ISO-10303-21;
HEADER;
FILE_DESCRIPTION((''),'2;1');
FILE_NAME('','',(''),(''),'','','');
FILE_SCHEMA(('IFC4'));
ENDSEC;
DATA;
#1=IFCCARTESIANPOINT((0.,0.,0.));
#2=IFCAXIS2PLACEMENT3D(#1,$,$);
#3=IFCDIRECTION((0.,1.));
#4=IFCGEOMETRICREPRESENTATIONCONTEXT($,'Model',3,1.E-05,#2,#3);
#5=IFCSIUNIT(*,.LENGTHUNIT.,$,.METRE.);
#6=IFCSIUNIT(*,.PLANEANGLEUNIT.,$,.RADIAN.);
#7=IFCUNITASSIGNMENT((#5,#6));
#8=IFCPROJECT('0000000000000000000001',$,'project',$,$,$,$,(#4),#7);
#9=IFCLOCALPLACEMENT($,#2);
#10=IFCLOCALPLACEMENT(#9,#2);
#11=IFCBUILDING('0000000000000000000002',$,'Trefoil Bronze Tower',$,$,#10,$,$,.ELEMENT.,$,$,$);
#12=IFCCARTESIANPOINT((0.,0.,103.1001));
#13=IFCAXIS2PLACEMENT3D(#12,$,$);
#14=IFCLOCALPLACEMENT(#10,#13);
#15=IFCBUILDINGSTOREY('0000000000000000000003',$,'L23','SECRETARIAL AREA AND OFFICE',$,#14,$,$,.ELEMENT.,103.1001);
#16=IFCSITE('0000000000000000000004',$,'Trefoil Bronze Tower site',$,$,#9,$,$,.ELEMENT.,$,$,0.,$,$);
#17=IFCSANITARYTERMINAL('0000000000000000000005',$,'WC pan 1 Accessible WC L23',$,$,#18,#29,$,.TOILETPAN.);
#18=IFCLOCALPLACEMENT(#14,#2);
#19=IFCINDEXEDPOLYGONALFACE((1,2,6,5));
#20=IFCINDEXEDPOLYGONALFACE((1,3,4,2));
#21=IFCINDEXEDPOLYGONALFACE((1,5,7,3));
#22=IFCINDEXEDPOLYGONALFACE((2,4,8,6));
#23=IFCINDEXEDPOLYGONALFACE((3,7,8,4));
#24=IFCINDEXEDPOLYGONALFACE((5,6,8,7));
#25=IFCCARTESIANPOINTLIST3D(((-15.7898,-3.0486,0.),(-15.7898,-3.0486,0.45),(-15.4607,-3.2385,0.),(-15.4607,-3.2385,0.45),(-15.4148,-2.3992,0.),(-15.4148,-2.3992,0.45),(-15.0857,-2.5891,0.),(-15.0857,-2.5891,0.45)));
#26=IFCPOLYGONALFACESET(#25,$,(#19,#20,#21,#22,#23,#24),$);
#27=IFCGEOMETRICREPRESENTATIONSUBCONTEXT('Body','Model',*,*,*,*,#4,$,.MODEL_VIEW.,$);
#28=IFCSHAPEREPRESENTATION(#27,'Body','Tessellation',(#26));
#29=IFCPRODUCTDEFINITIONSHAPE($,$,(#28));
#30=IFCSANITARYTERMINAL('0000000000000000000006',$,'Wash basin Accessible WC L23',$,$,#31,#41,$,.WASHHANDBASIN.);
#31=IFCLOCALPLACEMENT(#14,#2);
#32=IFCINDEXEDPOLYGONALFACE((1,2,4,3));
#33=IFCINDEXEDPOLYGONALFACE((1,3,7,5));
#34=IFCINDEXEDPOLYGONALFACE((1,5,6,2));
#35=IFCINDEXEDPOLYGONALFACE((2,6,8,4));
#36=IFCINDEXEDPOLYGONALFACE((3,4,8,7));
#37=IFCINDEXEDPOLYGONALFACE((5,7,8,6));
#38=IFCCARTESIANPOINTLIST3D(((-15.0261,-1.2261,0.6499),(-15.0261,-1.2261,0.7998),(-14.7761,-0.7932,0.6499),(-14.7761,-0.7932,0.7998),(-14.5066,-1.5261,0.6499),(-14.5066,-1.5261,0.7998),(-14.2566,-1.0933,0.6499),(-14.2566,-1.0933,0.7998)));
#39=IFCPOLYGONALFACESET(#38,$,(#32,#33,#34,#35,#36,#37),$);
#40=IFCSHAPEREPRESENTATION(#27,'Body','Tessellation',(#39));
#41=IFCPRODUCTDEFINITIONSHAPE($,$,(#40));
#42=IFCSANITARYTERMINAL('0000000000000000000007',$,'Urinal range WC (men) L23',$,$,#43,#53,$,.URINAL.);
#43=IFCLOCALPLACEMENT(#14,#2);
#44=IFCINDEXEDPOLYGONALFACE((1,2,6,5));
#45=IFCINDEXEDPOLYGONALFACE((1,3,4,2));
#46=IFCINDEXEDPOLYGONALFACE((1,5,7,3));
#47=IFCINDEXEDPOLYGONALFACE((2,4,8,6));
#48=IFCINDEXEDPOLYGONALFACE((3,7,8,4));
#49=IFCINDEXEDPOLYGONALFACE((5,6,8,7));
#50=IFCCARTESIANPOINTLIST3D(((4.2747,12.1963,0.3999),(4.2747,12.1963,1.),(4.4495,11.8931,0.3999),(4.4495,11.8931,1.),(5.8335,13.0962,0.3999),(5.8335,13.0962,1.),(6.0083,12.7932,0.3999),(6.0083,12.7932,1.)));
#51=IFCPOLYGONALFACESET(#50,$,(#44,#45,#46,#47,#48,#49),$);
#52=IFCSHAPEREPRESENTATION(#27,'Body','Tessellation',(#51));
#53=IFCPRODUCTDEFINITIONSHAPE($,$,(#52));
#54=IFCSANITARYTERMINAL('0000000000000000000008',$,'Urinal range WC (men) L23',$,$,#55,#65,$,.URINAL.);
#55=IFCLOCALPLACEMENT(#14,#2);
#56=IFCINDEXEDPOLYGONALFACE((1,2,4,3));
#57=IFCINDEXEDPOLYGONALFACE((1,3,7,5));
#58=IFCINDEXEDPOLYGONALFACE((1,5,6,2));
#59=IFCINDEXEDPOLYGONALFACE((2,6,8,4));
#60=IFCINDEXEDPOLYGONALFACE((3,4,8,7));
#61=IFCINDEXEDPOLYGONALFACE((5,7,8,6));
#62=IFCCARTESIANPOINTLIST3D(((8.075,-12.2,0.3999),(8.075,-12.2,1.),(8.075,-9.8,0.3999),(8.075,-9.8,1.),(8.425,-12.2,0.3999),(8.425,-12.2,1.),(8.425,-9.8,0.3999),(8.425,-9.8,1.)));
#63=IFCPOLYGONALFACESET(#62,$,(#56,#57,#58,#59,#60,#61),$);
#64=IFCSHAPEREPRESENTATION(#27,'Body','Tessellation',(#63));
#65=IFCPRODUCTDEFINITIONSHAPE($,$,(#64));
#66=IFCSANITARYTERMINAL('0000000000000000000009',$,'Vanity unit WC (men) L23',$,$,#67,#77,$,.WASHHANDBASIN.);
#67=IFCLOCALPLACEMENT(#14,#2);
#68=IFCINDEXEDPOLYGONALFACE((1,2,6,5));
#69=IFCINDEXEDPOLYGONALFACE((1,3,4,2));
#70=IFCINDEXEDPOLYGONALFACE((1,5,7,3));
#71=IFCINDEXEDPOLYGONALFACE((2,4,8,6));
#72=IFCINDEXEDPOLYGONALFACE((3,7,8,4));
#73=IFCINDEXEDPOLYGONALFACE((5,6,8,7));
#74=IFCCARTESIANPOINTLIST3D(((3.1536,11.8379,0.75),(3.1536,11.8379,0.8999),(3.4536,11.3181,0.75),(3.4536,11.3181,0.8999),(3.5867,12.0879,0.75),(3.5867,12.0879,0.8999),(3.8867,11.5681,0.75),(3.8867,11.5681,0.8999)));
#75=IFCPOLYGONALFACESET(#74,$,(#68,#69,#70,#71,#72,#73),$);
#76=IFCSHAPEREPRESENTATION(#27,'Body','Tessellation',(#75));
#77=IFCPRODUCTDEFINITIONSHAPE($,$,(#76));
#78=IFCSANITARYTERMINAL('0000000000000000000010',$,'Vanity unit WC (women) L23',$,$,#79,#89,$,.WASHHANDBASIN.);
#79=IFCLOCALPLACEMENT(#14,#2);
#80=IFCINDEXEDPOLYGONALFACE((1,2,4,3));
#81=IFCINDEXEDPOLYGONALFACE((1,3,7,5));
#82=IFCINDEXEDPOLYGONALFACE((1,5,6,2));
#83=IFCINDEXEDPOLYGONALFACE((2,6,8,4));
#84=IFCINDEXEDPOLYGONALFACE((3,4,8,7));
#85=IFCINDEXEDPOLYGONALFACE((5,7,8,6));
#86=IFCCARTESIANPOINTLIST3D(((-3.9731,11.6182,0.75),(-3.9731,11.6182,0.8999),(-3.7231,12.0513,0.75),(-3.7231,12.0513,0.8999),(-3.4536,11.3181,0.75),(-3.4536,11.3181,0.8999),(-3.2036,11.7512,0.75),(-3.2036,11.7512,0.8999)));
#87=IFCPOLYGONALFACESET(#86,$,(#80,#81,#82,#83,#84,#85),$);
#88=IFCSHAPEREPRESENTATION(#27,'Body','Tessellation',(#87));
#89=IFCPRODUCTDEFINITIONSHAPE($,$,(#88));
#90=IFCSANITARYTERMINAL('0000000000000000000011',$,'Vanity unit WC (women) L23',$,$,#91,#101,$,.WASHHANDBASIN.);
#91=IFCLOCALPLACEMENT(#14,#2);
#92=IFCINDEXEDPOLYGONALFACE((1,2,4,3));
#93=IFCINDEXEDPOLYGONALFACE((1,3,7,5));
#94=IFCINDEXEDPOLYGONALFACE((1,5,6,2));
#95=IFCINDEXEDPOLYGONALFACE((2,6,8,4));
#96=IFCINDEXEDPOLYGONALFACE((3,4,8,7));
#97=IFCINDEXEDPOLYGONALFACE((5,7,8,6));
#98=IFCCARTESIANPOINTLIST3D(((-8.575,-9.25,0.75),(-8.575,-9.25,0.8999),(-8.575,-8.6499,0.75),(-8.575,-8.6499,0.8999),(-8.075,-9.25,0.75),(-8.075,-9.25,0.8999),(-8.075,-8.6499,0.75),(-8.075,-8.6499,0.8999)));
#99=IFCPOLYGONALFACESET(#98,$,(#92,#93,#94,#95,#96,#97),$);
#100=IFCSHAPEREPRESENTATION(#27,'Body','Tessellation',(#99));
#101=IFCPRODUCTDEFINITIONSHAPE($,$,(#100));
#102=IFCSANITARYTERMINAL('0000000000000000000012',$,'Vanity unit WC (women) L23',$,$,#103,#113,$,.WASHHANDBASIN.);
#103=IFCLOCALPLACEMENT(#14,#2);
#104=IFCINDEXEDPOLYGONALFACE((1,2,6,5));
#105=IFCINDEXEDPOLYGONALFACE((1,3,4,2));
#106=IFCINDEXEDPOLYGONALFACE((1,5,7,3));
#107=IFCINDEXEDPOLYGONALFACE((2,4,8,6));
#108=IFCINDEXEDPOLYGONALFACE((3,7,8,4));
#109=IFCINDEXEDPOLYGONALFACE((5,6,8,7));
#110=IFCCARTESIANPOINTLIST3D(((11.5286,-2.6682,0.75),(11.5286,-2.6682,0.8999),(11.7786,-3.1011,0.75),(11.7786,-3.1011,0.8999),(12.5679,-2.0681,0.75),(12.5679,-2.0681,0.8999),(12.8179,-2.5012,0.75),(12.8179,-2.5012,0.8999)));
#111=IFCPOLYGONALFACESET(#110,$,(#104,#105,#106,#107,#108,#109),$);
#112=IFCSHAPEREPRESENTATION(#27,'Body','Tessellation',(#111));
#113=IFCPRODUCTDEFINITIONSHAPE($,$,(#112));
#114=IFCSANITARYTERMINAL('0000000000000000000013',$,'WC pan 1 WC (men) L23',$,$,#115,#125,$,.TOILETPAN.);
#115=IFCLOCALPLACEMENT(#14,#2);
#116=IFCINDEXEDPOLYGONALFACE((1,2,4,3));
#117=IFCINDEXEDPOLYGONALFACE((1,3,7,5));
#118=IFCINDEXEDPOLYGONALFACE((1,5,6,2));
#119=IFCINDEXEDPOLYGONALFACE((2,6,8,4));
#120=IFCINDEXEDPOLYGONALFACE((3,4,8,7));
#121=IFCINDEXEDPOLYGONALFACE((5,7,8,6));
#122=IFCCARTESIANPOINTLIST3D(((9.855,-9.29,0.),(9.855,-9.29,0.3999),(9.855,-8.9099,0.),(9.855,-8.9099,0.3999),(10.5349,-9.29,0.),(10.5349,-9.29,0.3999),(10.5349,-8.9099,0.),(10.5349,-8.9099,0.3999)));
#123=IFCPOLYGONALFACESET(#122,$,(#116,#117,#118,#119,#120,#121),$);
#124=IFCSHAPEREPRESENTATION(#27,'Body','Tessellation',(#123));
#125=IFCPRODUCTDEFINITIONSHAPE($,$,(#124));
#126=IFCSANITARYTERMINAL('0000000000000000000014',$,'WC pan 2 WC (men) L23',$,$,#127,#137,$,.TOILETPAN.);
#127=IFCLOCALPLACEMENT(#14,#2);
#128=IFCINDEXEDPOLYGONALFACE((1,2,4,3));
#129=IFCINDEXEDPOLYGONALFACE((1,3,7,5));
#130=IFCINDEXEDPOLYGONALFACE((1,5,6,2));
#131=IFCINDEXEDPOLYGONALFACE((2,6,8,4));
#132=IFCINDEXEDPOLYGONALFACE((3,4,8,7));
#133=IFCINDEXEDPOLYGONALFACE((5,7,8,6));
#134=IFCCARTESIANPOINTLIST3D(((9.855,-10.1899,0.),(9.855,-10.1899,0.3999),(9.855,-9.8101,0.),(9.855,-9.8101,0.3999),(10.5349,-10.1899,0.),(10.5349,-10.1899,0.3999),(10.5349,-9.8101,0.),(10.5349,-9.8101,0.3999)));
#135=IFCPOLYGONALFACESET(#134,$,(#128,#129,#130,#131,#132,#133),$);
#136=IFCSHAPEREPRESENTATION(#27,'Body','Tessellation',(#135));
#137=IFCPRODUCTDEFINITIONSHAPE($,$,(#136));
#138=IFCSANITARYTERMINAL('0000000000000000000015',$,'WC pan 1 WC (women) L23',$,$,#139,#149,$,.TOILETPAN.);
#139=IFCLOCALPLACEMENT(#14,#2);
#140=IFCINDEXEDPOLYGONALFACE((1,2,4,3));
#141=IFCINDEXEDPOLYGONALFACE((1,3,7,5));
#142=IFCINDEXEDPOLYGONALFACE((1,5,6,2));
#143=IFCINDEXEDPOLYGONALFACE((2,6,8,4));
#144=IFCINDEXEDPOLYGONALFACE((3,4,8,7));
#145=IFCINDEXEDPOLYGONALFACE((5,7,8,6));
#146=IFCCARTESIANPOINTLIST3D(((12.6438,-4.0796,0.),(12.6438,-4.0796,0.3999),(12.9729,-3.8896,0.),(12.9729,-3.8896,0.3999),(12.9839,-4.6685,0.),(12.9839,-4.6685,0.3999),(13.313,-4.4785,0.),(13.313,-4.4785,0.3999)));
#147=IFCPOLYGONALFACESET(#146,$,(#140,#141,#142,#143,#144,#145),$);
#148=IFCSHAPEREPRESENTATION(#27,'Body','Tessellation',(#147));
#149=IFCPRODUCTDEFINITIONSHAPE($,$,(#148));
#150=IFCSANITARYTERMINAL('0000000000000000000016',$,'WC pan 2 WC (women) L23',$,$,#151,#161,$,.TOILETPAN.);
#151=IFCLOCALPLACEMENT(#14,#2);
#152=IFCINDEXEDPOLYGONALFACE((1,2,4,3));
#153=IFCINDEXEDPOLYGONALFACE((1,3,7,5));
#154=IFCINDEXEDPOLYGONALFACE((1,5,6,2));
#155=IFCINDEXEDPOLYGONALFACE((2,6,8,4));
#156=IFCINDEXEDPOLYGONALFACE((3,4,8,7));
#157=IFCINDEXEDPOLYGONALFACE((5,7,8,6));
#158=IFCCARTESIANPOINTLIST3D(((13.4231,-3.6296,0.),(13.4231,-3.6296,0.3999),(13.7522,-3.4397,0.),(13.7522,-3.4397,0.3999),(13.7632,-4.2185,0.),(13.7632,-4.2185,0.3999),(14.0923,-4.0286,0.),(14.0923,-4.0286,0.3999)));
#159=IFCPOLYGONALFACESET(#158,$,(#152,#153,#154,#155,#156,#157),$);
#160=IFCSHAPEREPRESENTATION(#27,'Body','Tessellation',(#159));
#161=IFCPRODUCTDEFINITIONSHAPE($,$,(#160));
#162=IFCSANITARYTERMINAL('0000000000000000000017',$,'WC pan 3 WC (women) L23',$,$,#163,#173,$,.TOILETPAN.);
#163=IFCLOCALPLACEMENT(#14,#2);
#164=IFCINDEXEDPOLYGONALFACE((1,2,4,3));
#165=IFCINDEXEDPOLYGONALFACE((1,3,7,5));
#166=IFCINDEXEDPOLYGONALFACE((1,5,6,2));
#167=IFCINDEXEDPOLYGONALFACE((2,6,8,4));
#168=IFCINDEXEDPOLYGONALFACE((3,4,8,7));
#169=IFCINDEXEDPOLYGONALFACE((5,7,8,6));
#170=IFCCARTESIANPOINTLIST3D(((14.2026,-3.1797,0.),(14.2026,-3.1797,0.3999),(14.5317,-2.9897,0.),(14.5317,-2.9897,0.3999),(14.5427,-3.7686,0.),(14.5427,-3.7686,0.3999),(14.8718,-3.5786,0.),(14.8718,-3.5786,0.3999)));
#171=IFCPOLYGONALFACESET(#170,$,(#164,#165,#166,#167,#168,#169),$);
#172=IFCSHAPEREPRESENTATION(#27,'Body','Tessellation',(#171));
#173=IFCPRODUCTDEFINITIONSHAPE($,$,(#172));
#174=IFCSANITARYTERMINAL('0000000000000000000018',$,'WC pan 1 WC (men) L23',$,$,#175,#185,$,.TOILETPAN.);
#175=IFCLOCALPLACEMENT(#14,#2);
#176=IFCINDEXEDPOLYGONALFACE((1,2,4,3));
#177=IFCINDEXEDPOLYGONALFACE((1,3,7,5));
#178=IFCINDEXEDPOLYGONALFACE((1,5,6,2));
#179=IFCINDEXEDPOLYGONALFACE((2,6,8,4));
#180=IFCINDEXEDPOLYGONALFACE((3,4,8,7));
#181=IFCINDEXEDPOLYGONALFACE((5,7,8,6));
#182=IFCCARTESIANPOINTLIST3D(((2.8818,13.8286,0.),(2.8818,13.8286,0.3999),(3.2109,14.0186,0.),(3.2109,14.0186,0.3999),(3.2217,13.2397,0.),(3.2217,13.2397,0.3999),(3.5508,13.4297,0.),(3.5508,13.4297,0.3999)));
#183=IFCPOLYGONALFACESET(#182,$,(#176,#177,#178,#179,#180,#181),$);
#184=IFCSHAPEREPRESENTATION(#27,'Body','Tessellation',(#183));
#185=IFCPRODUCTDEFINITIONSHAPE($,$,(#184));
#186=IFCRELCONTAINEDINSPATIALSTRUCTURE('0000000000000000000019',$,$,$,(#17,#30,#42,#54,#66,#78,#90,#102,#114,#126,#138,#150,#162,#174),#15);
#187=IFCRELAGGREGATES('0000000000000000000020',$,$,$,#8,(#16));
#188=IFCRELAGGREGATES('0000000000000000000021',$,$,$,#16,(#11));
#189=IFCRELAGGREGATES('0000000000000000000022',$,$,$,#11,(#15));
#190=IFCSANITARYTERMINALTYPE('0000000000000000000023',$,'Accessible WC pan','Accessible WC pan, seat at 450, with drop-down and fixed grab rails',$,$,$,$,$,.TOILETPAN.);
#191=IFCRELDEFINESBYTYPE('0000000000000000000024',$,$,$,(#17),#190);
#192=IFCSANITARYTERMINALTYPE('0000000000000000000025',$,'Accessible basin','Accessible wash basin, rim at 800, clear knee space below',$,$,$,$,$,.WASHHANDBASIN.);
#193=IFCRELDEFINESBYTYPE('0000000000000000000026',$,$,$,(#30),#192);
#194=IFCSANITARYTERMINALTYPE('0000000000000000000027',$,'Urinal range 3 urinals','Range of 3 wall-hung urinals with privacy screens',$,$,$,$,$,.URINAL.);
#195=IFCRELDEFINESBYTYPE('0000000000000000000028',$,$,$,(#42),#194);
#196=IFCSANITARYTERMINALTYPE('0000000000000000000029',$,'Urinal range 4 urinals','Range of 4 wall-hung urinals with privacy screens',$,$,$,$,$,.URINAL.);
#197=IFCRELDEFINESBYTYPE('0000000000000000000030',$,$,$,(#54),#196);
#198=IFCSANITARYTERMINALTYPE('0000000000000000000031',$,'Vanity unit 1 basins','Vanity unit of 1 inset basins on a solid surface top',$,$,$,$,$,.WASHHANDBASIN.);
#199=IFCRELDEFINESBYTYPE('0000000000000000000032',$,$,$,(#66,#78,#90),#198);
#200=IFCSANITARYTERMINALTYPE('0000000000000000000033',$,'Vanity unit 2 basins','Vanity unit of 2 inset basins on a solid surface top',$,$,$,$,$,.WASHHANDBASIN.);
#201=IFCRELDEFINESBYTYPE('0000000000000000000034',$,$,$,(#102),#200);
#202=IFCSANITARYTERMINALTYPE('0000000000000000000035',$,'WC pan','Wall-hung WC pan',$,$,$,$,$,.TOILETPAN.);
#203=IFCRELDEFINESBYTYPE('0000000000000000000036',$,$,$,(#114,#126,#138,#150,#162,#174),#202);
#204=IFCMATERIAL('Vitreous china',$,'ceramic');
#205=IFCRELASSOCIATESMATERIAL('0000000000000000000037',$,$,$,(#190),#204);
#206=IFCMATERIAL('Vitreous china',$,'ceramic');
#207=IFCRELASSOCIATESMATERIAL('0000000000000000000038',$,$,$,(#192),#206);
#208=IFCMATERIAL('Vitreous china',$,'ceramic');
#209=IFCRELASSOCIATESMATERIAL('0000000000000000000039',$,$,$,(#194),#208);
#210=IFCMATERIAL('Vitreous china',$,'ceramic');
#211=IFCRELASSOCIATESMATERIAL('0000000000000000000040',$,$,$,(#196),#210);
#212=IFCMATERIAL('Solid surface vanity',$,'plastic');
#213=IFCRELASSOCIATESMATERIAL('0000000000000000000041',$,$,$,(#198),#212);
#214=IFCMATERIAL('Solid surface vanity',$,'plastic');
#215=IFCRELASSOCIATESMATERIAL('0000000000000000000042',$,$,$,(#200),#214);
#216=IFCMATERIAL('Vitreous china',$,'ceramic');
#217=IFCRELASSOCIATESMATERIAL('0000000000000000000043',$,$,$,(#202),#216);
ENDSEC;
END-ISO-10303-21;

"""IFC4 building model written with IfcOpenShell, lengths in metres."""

from ifc_helpers import new_model, si_unit, direction, frame, origin, place, context, subcontext, project, spatial, polyline, outline, extrude, material, type_object, element, save


model = new_model("IFC4")

# Units and contexts
model_context = context("Model", 3, precision=1e-05, world=origin(), true_north=direction((0.0, 1.0)))
body_context = subcontext(model_context, "Body", "Model", "MODEL_VIEW")
ifc_project = project(units=[si_unit("LENGTHUNIT", "METRE"), si_unit("PLANEANGLEUNIT", "RADIAN")], contexts=[model_context])

# Site, building, storey
site_placement = place(None, origin())
site = spatial("IfcSite", under=ifc_project, at=site_placement, Name="Trefoil Bronze Tower site", CompositionType="ELEMENT", RefElevation=0.0)
building_placement = place(site_placement, origin())
building = spatial("IfcBuilding", under=site, at=building_placement, Name="Trefoil Bronze Tower", CompositionType="ELEMENT")
storey_placement = place(building_placement, frame((0.0, 0.0, 103.1001)))
storey = spatial("IfcBuildingStorey", under=building, at=storey_placement, Name="L23", Description="SECRETARIAL AREA AND OFFICE", CompositionType="ELEMENT", Elevation=103.1001)

# Sanitary terminals
ifc_material_1 = material(Name="Vitreous china", Category="ceramic")
sanitary_terminal_type_1 = type_object("IfcSanitaryTerminalType", Name="Accessible WC pan", Description="Accessible WC pan, seat at 450, with drop-down and fixed grab rails", PredefinedType="TOILETPAN", material=ifc_material_1)
sanitary_terminal_1_placement = place(storey_placement, origin())
element("IfcSanitaryTerminal", 1, at=sanitary_terminal_1_placement, inside=storey, type_object=sanitary_terminal_type_1, Name="WC pan 1 Accessible WC L23", PredefinedType="TOILETPAN", context=body_context, shape_type="SweptSolid", body=[
    extrude(outline(polyline([(-15.0857, -2.5891), (-15.4607, -3.2385), (-15.7898, -3.0486), (-15.4148, -2.3992), (-15.0857, -2.5891)])), origin(), (0.0, 0.0, 1.0), 0.45),
])
ifc_material_2 = material(Name="Vitreous china", Category="ceramic")
sanitary_terminal_type_2 = type_object("IfcSanitaryTerminalType", Name="Accessible basin", Description="Accessible wash basin, rim at 800, clear knee space below", PredefinedType="WASHHANDBASIN", material=ifc_material_2)
sanitary_terminal_2_placement = place(storey_placement, frame((0.0, 0.0, 0.6499)))
element("IfcSanitaryTerminal", 2, at=sanitary_terminal_2_placement, inside=storey, type_object=sanitary_terminal_type_2, Name="Wash basin Accessible WC L23", PredefinedType="WASHHANDBASIN", context=body_context, shape_type="SweptSolid", body=[
    extrude(outline(polyline([(-14.2566, -1.0933), (-14.5066, -1.5261), (-15.0261, -1.2261), (-14.7761, -0.7932), (-14.2566, -1.0933)])), origin(), (0.0, 0.0, 1.0), 0.1499),
])
ifc_material_3 = material(Name="Vitreous china", Category="ceramic")
sanitary_terminal_type_3 = type_object("IfcSanitaryTerminalType", Name="Urinal range 3 urinals", Description="Range of 3 wall-hung urinals with privacy screens", PredefinedType="URINAL", material=ifc_material_3)
sanitary_terminal_3_placement = place(storey_placement, frame((0.0, 0.0, 0.3999)))
element("IfcSanitaryTerminal", 3, at=sanitary_terminal_3_placement, inside=storey, type_object=sanitary_terminal_type_3, Name="Urinal range WC (men) L23", PredefinedType="URINAL", context=body_context, shape_type="SweptSolid", body=[
    extrude(outline(polyline([(4.4495, 11.8931), (4.2747, 12.1963), (5.8335, 13.0962), (6.0083, 12.7932), (4.4495, 11.8931)])), origin(), (0.0, 0.0, 1.0), 0.6001),
])
ifc_material_4 = material(Name="Vitreous china", Category="ceramic")
sanitary_terminal_type_4 = type_object("IfcSanitaryTerminalType", Name="Urinal range 4 urinals", Description="Range of 4 wall-hung urinals with privacy screens", PredefinedType="URINAL", material=ifc_material_4)
sanitary_terminal_4_placement = place(storey_placement, frame((0.0, 0.0, 0.3999)))
element("IfcSanitaryTerminal", 4, at=sanitary_terminal_4_placement, inside=storey, type_object=sanitary_terminal_type_4, Name="Urinal range WC (men) L23", PredefinedType="URINAL", context=body_context, shape_type="SweptSolid", body=[
    extrude(outline(polyline([(8.075, -9.8), (8.425, -9.8), (8.425, -12.2), (8.075, -12.2), (8.075, -9.8)])), origin(), (0.0, 0.0, 1.0), 0.6001),
])
ifc_material_5 = material(Name="Solid surface vanity", Category="plastic")
sanitary_terminal_type_5 = type_object("IfcSanitaryTerminalType", Name="Vanity unit 1 basins", Description="Vanity unit of 1 inset basins on a solid surface top", PredefinedType="WASHHANDBASIN", material=ifc_material_5)
sanitary_terminal_5_placement = place(storey_placement, frame((0.0, 0.0, 0.75)))
element("IfcSanitaryTerminal", 5, at=sanitary_terminal_5_placement, inside=storey, type_object=sanitary_terminal_type_5, Name="Vanity unit WC (men) L23", PredefinedType="WASHHANDBASIN", context=body_context, shape_type="SweptSolid", body=[
    extrude(outline(polyline([(3.4536, 11.3181), (3.1536, 11.8379), (3.5867, 12.0879), (3.8867, 11.5681), (3.4536, 11.3181)])), origin(), (0.0, 0.0, 1.0), 0.1499),
])
sanitary_terminal_6_placement = place(storey_placement, frame((0.0, 0.0, 0.75)))
element("IfcSanitaryTerminal", 6, at=sanitary_terminal_6_placement, inside=storey, type_object=sanitary_terminal_type_5, Name="Vanity unit WC (women) L23", PredefinedType="WASHHANDBASIN", context=body_context, shape_type="SweptSolid", body=[
    extrude(outline(polyline([(-3.4536, 11.3181), (-3.2036, 11.7512), (-3.7231, 12.0513), (-3.9731, 11.6182), (-3.4536, 11.3181)])), origin(), (0.0, 0.0, 1.0), 0.1499),
])
sanitary_terminal_7_placement = place(storey_placement, frame((0.0, 0.0, 0.75)))
element("IfcSanitaryTerminal", 7, at=sanitary_terminal_7_placement, inside=storey, type_object=sanitary_terminal_type_5, Name="Vanity unit WC (women) L23", PredefinedType="WASHHANDBASIN", context=body_context, shape_type="SweptSolid", body=[
    extrude(outline(polyline([(-8.075, -8.6499), (-8.575, -8.6499), (-8.575, -9.25), (-8.075, -9.25), (-8.075, -8.6499)])), origin(), (0.0, 0.0, 1.0), 0.1499),
])
ifc_material_6 = material(Name="Solid surface vanity", Category="plastic")
sanitary_terminal_type_6 = type_object("IfcSanitaryTerminalType", Name="Vanity unit 2 basins", Description="Vanity unit of 2 inset basins on a solid surface top", PredefinedType="WASHHANDBASIN", material=ifc_material_6)
sanitary_terminal_8_placement = place(storey_placement, frame((0.0, 0.0, 0.75)))
element("IfcSanitaryTerminal", 8, at=sanitary_terminal_8_placement, inside=storey, type_object=sanitary_terminal_type_6, Name="Vanity unit WC (women) L23", PredefinedType="WASHHANDBASIN", context=body_context, shape_type="SweptSolid", body=[
    extrude(outline(polyline([(11.5286, -2.6682), (11.7786, -3.1011), (12.8179, -2.5012), (12.5679, -2.0681), (11.5286, -2.6682)])), origin(), (0.0, 0.0, 1.0), 0.1499),
])
ifc_material_7 = material(Name="Vitreous china", Category="ceramic")
sanitary_terminal_type_7 = type_object("IfcSanitaryTerminalType", Name="WC pan", Description="Wall-hung WC pan", PredefinedType="TOILETPAN", material=ifc_material_7)
sanitary_terminal_9_placement = place(storey_placement, origin())
element("IfcSanitaryTerminal", 9, at=sanitary_terminal_9_placement, inside=storey, type_object=sanitary_terminal_type_7, Name="WC pan 1 WC (men) L23", PredefinedType="TOILETPAN", context=body_context, shape_type="SweptSolid", body=[
    extrude(outline(polyline([(9.855, -8.9099), (10.5349, -8.9099), (10.5349, -9.29), (9.855, -9.29), (9.855, -8.9099)])), origin(), (0.0, 0.0, 1.0), 0.3999),
])
sanitary_terminal_10_placement = place(storey_placement, origin())
element("IfcSanitaryTerminal", 10, at=sanitary_terminal_10_placement, inside=storey, type_object=sanitary_terminal_type_7, Name="WC pan 2 WC (men) L23", PredefinedType="TOILETPAN", context=body_context, shape_type="SweptSolid", body=[
    extrude(outline(polyline([(9.855, -9.8101), (10.5349, -9.8101), (10.5349, -10.1899), (9.855, -10.1899), (9.855, -9.8101)])), origin(), (0.0, 0.0, 1.0), 0.3999),
])
sanitary_terminal_11_placement = place(storey_placement, origin())
element("IfcSanitaryTerminal", 11, at=sanitary_terminal_11_placement, inside=storey, type_object=sanitary_terminal_type_7, Name="WC pan 1 WC (women) L23", PredefinedType="TOILETPAN", context=body_context, shape_type="SweptSolid", body=[
    extrude(outline(polyline([(12.6438, -4.0796), (12.9839, -4.6685), (13.313, -4.4785), (12.9729, -3.8896), (12.6438, -4.0796)])), origin(), (0.0, 0.0, 1.0), 0.3999),
])
sanitary_terminal_12_placement = place(storey_placement, origin())
element("IfcSanitaryTerminal", 12, at=sanitary_terminal_12_placement, inside=storey, type_object=sanitary_terminal_type_7, Name="WC pan 2 WC (women) L23", PredefinedType="TOILETPAN", context=body_context, shape_type="SweptSolid", body=[
    extrude(outline(polyline([(13.4231, -3.6296), (13.7632, -4.2185), (14.0923, -4.0286), (13.7522, -3.4397), (13.4231, -3.6296)])), origin(), (0.0, 0.0, 1.0), 0.3999),
])
sanitary_terminal_13_placement = place(storey_placement, origin())
element("IfcSanitaryTerminal", 13, at=sanitary_terminal_13_placement, inside=storey, type_object=sanitary_terminal_type_7, Name="WC pan 3 WC (women) L23", PredefinedType="TOILETPAN", context=body_context, shape_type="SweptSolid", body=[
    extrude(outline(polyline([(14.2026, -3.1797), (14.5427, -3.7686), (14.8718, -3.5786), (14.5317, -2.9897), (14.2026, -3.1797)])), origin(), (0.0, 0.0, 1.0), 0.3999),
])
sanitary_terminal_14_placement = place(storey_placement, origin())
element("IfcSanitaryTerminal", 14, at=sanitary_terminal_14_placement, inside=storey, type_object=sanitary_terminal_type_7, Name="WC pan 1 WC (men) L23", PredefinedType="TOILETPAN", context=body_context, shape_type="SweptSolid", body=[
    extrude(outline(polyline([(3.2217, 13.2397), (2.8818, 13.8286), (3.2109, 14.0186), (3.5508, 13.4297), (3.2217, 13.2397)])), origin(), (0.0, 0.0, 1.0), 0.3999),
])

save(model, "model.ifc")
